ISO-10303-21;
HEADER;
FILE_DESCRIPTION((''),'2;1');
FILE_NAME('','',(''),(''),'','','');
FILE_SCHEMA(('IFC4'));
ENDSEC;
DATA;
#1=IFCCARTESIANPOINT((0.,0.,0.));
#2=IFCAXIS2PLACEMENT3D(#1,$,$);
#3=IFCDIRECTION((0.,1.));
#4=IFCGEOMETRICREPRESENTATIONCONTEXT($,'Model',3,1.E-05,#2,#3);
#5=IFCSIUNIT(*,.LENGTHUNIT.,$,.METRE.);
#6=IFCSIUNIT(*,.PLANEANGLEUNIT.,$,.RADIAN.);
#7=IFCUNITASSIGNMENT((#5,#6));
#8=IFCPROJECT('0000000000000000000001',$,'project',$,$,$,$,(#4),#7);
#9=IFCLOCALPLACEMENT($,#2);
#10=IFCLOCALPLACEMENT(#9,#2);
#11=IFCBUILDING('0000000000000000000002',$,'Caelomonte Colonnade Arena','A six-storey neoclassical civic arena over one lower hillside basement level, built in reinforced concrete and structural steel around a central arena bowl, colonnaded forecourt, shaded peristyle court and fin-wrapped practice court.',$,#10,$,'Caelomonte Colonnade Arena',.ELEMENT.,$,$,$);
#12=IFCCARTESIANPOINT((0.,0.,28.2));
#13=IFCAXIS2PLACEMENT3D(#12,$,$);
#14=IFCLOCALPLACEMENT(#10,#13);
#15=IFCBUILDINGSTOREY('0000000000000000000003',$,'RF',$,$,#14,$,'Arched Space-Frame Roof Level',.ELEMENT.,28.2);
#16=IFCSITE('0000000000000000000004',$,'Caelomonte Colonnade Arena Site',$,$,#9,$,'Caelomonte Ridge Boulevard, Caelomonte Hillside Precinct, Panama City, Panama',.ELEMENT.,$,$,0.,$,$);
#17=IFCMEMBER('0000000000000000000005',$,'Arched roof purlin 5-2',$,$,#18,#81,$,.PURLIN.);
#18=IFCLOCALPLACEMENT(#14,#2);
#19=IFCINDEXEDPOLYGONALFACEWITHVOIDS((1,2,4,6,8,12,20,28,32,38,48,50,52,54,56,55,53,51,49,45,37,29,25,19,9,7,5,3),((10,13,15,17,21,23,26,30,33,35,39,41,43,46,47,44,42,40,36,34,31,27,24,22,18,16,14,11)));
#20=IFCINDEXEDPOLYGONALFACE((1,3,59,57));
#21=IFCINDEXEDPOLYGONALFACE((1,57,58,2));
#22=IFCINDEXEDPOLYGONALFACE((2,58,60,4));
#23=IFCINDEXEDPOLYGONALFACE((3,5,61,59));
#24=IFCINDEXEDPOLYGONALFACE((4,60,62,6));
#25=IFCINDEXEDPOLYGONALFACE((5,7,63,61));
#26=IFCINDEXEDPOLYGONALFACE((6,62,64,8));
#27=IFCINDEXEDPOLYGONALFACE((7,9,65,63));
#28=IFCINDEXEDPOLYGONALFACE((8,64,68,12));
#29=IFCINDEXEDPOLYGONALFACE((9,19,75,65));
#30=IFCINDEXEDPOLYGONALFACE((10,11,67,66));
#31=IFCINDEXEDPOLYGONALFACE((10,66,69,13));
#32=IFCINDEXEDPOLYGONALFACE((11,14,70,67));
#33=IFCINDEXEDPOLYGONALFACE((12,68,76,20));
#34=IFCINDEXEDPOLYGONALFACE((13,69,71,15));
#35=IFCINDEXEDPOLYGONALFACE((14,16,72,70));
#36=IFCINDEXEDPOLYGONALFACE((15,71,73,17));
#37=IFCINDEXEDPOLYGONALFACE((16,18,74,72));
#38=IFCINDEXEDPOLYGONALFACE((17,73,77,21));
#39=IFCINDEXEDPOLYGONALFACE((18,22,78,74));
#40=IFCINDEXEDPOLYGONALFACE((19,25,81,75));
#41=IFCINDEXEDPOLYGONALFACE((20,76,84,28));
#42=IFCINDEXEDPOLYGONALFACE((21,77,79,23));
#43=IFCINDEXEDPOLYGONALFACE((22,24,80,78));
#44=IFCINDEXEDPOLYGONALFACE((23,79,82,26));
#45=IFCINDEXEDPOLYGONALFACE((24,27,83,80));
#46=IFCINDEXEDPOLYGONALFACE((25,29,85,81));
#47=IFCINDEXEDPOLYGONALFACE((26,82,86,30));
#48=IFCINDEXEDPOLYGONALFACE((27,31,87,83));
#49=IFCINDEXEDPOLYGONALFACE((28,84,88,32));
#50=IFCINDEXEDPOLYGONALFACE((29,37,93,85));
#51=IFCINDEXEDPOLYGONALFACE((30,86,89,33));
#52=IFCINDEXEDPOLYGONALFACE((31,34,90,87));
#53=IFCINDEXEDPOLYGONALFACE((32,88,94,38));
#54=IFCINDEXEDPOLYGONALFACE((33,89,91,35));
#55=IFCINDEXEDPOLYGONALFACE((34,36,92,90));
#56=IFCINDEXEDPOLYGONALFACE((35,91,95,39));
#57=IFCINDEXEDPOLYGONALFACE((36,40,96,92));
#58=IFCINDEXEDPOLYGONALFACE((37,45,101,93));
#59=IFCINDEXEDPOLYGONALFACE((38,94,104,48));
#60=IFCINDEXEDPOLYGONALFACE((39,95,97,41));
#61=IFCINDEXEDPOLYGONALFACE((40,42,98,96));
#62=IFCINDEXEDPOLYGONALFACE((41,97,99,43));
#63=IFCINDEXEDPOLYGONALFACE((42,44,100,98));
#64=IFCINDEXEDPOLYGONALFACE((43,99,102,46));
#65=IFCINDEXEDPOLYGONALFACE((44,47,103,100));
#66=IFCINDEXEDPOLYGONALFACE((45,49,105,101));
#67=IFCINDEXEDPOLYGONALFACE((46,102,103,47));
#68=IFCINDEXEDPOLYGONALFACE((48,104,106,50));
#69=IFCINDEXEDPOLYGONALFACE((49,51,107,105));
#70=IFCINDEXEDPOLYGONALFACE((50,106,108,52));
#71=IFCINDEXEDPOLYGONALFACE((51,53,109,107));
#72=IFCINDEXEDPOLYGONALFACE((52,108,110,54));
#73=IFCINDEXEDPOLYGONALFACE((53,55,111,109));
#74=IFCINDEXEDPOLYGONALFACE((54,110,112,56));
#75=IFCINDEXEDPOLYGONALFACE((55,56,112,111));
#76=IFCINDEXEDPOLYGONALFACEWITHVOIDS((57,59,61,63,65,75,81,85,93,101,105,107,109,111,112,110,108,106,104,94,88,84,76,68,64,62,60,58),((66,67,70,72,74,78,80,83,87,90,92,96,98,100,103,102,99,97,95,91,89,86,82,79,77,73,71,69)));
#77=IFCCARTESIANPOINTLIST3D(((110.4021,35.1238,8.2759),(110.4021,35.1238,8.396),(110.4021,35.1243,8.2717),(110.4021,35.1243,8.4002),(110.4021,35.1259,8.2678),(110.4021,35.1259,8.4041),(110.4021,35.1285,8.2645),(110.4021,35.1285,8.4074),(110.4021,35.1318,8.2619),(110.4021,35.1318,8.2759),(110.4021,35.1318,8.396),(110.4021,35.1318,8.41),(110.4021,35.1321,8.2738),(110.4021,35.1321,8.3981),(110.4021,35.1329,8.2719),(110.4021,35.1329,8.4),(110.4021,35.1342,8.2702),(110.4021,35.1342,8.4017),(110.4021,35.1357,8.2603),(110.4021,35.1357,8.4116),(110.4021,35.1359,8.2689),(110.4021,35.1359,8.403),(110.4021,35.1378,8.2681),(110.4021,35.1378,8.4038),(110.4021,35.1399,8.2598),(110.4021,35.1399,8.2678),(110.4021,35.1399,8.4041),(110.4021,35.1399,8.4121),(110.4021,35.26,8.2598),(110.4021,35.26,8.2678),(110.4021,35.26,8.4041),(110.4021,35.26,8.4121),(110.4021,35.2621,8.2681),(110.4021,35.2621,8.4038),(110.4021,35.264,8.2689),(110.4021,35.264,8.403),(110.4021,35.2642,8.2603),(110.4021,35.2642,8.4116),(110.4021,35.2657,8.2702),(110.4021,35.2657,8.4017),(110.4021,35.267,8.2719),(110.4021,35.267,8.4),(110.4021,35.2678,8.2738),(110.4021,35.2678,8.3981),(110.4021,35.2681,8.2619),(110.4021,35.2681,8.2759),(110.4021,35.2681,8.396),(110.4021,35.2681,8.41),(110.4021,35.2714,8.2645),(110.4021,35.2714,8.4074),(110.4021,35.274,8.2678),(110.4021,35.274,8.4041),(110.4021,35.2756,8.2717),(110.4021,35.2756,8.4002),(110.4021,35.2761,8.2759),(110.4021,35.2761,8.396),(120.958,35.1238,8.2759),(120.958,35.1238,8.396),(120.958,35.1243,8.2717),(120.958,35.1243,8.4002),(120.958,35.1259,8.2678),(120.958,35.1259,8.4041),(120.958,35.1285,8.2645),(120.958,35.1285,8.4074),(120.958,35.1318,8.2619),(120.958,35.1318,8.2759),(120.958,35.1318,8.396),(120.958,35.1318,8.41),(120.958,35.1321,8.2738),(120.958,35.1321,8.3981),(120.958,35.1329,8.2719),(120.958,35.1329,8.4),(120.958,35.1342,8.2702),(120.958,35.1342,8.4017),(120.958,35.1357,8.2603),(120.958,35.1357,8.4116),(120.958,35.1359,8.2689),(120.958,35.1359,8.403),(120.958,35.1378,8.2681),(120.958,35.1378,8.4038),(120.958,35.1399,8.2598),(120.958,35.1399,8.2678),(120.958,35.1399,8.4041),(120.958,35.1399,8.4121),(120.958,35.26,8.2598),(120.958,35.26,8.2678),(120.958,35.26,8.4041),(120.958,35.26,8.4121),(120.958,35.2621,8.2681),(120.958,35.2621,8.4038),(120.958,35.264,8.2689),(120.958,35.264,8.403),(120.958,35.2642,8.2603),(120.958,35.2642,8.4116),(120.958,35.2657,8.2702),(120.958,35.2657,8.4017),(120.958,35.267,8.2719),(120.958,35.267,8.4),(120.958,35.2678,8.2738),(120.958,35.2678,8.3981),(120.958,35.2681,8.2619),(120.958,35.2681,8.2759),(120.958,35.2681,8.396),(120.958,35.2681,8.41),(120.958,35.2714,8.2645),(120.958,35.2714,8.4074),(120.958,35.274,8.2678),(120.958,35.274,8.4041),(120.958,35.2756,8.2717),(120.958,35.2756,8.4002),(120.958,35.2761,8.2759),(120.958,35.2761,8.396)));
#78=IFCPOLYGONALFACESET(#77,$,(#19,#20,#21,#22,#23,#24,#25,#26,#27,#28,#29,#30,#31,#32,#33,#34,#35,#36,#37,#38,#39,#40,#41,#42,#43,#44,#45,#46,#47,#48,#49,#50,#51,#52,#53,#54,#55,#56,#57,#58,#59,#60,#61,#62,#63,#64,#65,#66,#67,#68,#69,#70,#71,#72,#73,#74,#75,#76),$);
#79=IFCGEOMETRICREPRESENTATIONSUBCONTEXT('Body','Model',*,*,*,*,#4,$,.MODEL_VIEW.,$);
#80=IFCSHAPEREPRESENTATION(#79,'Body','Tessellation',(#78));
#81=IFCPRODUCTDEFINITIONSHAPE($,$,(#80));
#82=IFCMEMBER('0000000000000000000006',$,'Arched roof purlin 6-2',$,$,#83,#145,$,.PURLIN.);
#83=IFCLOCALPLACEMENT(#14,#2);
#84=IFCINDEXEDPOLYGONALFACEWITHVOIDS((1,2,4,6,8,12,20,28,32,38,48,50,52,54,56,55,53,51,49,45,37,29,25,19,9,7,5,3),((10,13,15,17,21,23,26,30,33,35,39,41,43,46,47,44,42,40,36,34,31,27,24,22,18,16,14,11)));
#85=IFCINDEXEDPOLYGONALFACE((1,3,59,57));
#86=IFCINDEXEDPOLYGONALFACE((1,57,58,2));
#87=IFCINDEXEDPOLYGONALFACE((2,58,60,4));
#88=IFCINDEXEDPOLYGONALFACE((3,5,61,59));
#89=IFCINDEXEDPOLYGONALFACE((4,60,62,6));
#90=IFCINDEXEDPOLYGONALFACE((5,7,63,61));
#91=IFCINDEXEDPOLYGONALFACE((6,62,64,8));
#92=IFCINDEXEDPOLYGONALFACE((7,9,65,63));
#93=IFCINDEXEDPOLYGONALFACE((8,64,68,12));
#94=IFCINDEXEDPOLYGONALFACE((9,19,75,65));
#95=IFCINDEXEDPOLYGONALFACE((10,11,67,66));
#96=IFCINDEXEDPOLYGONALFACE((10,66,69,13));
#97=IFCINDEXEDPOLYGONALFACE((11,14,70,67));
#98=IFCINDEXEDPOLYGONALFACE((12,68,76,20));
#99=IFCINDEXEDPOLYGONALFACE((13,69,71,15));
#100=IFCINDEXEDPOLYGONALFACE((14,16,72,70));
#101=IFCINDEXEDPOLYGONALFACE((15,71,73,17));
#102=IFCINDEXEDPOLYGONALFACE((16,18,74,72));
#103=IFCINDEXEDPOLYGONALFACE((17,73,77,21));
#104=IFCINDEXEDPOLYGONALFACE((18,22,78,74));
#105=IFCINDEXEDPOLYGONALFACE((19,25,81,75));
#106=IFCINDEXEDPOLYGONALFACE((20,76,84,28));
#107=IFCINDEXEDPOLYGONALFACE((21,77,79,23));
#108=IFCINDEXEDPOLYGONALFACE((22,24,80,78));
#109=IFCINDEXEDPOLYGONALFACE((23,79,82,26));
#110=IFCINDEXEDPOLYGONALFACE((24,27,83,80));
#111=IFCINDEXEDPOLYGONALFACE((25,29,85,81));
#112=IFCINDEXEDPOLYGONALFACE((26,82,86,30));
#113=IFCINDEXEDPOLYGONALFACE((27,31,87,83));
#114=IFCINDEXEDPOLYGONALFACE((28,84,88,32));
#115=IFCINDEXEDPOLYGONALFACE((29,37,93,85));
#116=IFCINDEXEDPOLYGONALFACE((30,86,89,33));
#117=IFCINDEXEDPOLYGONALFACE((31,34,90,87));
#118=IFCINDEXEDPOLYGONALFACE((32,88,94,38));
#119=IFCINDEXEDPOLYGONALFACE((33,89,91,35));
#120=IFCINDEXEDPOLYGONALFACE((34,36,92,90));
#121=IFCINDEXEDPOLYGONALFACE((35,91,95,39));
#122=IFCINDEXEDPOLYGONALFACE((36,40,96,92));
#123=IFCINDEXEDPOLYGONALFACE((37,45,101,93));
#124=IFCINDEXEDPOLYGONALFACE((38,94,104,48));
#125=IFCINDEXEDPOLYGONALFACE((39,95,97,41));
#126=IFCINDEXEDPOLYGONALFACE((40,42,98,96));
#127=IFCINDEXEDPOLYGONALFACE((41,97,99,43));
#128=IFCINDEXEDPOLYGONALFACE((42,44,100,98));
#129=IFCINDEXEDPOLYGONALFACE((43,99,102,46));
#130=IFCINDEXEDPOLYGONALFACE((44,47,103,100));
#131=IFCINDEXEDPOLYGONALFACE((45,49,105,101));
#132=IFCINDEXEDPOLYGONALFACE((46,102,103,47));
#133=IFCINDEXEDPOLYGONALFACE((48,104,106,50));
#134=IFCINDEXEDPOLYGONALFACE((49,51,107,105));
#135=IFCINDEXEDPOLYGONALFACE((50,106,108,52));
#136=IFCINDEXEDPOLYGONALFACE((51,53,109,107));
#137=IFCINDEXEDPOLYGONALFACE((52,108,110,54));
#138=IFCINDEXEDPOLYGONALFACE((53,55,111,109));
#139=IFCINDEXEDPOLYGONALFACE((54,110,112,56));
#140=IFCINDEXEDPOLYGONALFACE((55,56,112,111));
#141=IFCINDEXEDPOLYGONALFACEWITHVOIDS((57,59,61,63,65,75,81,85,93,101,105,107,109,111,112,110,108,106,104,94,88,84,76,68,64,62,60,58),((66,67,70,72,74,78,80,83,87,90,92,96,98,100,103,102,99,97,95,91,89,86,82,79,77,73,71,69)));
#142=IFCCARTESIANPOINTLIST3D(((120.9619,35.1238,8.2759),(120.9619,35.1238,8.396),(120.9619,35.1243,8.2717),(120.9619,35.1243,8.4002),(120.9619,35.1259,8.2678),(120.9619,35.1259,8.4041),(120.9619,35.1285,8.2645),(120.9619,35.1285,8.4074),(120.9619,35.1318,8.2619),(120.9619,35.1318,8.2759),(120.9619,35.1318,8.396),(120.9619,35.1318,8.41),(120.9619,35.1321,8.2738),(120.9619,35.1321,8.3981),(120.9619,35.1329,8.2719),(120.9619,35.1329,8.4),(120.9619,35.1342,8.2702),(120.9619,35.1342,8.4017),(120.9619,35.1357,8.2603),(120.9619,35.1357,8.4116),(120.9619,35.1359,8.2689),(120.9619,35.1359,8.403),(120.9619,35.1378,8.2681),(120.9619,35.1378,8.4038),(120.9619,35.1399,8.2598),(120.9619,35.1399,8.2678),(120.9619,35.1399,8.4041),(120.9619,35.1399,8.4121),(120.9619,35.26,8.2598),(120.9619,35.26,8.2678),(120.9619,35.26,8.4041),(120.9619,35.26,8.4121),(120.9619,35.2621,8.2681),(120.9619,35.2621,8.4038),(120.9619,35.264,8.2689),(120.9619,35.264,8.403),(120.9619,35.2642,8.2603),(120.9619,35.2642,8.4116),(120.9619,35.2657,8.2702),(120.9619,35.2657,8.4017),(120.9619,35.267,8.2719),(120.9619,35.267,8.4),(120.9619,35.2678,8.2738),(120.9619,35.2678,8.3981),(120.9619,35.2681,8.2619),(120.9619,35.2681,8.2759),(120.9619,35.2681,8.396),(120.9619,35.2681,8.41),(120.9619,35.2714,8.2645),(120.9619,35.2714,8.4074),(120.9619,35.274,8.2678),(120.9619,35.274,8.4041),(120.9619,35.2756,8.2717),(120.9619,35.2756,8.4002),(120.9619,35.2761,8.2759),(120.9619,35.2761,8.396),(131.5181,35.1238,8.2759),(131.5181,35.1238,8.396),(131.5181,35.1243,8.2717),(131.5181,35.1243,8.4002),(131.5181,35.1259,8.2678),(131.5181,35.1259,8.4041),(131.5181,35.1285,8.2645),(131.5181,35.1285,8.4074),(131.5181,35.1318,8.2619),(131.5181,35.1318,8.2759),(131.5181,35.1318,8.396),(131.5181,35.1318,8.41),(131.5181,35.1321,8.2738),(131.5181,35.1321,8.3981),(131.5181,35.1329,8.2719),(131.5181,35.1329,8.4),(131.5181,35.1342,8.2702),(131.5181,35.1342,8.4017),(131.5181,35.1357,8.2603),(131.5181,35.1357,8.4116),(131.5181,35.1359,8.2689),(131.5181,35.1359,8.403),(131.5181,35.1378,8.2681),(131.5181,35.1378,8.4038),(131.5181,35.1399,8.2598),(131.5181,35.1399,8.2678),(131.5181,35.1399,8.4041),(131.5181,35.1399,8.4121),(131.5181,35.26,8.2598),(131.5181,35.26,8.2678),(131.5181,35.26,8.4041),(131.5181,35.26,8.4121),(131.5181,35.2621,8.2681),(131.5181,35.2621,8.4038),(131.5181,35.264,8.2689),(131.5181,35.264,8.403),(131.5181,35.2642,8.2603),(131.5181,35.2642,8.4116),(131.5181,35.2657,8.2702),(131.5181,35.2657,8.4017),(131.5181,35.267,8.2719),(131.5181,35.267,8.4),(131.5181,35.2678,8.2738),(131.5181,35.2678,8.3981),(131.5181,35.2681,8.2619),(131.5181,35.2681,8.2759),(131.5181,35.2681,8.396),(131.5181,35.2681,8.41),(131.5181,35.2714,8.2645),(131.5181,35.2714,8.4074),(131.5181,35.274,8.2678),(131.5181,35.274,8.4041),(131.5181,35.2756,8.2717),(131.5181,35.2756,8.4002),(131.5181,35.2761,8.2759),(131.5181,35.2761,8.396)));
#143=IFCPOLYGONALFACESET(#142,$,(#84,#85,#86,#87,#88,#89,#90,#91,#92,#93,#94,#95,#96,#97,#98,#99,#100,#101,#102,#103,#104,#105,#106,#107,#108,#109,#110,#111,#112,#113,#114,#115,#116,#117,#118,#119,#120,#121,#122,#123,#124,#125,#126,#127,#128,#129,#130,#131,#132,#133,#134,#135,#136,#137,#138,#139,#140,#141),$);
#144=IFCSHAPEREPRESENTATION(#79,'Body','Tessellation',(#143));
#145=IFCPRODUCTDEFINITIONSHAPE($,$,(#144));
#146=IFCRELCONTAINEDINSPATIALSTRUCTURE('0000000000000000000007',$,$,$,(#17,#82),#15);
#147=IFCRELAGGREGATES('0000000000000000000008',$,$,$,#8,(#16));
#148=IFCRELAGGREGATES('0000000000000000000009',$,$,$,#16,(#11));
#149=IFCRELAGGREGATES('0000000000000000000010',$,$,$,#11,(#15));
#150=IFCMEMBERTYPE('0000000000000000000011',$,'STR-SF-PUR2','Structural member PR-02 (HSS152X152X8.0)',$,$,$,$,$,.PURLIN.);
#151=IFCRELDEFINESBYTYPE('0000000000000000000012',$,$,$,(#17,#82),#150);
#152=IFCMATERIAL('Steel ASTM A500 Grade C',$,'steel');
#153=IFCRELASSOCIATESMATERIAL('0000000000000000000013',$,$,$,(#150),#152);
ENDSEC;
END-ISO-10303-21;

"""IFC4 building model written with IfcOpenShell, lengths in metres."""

from ifc_helpers import new_model, si_unit, direction, frame, origin, origin_2d, place, context, subcontext, project, spatial, hollow_rectangle, extrude, material, material_profile, profile_set, type_object, element, save


model = new_model("IFC4")

# Units and contexts
model_context = context("Model", 3, precision=1e-05, world=origin(), true_north=direction((0.0, 1.0)))
body_context = subcontext(model_context, "Body", "Model", "MODEL_VIEW")
ifc_project = project(units=[si_unit("LENGTHUNIT", "METRE"), si_unit("PLANEANGLEUNIT", "RADIAN")], contexts=[model_context])

# Site, building, storey
site_placement = place(None, origin())
site = spatial("IfcSite", under=ifc_project, at=site_placement, Name="Caelomonte Colonnade Arena Site", LongName="Caelomonte Ridge Boulevard, Caelomonte Hillside Precinct, Panama City, Panama", CompositionType="ELEMENT", RefElevation=0.0)
building_placement = place(site_placement, origin())
building = spatial("IfcBuilding", under=site, at=building_placement, Name="Caelomonte Colonnade Arena", Description="A six-storey neoclassical civic arena over one lower hillside basement level, built in reinforced concrete and structural steel around a central arena bowl, colonnaded forecourt, shaded peristyle court and fin-wrapped practice court.", LongName="Caelomonte Colonnade Arena", CompositionType="ELEMENT")
storey_placement = place(building_placement, frame((0.0, 0.0, 28.2)))
storey = spatial("IfcBuildingStorey", under=building, at=storey_placement, Name="RF", LongName="Arched Space-Frame Roof Level", CompositionType="ELEMENT", Elevation=28.2)

# Members
ifc_material_1 = material(Name="Steel ASTM A500 Grade C", Category="steel")
ifc_material_profile_1 = material_profile(ifc_material_1, hollow_rectangle(XDim=0.1523, YDim=0.1523, WallThickness=0.0081, InnerFilletRadius=0.0081, OuterFilletRadius=0.0161, at=origin_2d()), Name="HSS152X152X8.0")
ifc_profile_set_1 = profile_set([ifc_material_profile_1], Name="Steel ASTM A500 Grade C")
member_type_1 = type_object("IfcMemberType", Name="STR-SF-PUR2", Description="Structural member PR-02 (HSS152X152X8.0)", PredefinedType="PURLIN", material=ifc_profile_set_1)
member_1_placement = place(storey_placement, frame((110.4021, 35.2, 8.3359), z_axis=(1.0, 0.0, 0.0), x_axis=(0.0, 1.0, 0.0)))
element("IfcMember", 1, at=member_1_placement, inside=storey, type_object=member_type_1, Name="Arched roof purlin 5-2", PredefinedType="PURLIN", context=body_context, shape_type="SweptSolid", body=[
    extrude(hollow_rectangle(XDim=0.1523, YDim=0.1523, WallThickness=0.0081, InnerFilletRadius=0.0081, OuterFilletRadius=0.0161, at=origin_2d()), origin(), (0.0, 0.0, 1.0), 10.5559),
])
member_2_placement = place(storey_placement, frame((120.9619, 35.2, 8.3359), z_axis=(1.0, 0.0, 0.0), x_axis=(0.0, 1.0, 0.0)))
element("IfcMember", 2, at=member_2_placement, inside=storey, type_object=member_type_1, Name="Arched roof purlin 6-2", PredefinedType="PURLIN", context=body_context, shape_type="SweptSolid", body=[
    extrude(hollow_rectangle(XDim=0.1523, YDim=0.1523, WallThickness=0.0081, InnerFilletRadius=0.0081, OuterFilletRadius=0.0161, at=origin_2d()), origin(), (0.0, 0.0, 1.0), 10.5562),
])

save(model, "model.ifc")
